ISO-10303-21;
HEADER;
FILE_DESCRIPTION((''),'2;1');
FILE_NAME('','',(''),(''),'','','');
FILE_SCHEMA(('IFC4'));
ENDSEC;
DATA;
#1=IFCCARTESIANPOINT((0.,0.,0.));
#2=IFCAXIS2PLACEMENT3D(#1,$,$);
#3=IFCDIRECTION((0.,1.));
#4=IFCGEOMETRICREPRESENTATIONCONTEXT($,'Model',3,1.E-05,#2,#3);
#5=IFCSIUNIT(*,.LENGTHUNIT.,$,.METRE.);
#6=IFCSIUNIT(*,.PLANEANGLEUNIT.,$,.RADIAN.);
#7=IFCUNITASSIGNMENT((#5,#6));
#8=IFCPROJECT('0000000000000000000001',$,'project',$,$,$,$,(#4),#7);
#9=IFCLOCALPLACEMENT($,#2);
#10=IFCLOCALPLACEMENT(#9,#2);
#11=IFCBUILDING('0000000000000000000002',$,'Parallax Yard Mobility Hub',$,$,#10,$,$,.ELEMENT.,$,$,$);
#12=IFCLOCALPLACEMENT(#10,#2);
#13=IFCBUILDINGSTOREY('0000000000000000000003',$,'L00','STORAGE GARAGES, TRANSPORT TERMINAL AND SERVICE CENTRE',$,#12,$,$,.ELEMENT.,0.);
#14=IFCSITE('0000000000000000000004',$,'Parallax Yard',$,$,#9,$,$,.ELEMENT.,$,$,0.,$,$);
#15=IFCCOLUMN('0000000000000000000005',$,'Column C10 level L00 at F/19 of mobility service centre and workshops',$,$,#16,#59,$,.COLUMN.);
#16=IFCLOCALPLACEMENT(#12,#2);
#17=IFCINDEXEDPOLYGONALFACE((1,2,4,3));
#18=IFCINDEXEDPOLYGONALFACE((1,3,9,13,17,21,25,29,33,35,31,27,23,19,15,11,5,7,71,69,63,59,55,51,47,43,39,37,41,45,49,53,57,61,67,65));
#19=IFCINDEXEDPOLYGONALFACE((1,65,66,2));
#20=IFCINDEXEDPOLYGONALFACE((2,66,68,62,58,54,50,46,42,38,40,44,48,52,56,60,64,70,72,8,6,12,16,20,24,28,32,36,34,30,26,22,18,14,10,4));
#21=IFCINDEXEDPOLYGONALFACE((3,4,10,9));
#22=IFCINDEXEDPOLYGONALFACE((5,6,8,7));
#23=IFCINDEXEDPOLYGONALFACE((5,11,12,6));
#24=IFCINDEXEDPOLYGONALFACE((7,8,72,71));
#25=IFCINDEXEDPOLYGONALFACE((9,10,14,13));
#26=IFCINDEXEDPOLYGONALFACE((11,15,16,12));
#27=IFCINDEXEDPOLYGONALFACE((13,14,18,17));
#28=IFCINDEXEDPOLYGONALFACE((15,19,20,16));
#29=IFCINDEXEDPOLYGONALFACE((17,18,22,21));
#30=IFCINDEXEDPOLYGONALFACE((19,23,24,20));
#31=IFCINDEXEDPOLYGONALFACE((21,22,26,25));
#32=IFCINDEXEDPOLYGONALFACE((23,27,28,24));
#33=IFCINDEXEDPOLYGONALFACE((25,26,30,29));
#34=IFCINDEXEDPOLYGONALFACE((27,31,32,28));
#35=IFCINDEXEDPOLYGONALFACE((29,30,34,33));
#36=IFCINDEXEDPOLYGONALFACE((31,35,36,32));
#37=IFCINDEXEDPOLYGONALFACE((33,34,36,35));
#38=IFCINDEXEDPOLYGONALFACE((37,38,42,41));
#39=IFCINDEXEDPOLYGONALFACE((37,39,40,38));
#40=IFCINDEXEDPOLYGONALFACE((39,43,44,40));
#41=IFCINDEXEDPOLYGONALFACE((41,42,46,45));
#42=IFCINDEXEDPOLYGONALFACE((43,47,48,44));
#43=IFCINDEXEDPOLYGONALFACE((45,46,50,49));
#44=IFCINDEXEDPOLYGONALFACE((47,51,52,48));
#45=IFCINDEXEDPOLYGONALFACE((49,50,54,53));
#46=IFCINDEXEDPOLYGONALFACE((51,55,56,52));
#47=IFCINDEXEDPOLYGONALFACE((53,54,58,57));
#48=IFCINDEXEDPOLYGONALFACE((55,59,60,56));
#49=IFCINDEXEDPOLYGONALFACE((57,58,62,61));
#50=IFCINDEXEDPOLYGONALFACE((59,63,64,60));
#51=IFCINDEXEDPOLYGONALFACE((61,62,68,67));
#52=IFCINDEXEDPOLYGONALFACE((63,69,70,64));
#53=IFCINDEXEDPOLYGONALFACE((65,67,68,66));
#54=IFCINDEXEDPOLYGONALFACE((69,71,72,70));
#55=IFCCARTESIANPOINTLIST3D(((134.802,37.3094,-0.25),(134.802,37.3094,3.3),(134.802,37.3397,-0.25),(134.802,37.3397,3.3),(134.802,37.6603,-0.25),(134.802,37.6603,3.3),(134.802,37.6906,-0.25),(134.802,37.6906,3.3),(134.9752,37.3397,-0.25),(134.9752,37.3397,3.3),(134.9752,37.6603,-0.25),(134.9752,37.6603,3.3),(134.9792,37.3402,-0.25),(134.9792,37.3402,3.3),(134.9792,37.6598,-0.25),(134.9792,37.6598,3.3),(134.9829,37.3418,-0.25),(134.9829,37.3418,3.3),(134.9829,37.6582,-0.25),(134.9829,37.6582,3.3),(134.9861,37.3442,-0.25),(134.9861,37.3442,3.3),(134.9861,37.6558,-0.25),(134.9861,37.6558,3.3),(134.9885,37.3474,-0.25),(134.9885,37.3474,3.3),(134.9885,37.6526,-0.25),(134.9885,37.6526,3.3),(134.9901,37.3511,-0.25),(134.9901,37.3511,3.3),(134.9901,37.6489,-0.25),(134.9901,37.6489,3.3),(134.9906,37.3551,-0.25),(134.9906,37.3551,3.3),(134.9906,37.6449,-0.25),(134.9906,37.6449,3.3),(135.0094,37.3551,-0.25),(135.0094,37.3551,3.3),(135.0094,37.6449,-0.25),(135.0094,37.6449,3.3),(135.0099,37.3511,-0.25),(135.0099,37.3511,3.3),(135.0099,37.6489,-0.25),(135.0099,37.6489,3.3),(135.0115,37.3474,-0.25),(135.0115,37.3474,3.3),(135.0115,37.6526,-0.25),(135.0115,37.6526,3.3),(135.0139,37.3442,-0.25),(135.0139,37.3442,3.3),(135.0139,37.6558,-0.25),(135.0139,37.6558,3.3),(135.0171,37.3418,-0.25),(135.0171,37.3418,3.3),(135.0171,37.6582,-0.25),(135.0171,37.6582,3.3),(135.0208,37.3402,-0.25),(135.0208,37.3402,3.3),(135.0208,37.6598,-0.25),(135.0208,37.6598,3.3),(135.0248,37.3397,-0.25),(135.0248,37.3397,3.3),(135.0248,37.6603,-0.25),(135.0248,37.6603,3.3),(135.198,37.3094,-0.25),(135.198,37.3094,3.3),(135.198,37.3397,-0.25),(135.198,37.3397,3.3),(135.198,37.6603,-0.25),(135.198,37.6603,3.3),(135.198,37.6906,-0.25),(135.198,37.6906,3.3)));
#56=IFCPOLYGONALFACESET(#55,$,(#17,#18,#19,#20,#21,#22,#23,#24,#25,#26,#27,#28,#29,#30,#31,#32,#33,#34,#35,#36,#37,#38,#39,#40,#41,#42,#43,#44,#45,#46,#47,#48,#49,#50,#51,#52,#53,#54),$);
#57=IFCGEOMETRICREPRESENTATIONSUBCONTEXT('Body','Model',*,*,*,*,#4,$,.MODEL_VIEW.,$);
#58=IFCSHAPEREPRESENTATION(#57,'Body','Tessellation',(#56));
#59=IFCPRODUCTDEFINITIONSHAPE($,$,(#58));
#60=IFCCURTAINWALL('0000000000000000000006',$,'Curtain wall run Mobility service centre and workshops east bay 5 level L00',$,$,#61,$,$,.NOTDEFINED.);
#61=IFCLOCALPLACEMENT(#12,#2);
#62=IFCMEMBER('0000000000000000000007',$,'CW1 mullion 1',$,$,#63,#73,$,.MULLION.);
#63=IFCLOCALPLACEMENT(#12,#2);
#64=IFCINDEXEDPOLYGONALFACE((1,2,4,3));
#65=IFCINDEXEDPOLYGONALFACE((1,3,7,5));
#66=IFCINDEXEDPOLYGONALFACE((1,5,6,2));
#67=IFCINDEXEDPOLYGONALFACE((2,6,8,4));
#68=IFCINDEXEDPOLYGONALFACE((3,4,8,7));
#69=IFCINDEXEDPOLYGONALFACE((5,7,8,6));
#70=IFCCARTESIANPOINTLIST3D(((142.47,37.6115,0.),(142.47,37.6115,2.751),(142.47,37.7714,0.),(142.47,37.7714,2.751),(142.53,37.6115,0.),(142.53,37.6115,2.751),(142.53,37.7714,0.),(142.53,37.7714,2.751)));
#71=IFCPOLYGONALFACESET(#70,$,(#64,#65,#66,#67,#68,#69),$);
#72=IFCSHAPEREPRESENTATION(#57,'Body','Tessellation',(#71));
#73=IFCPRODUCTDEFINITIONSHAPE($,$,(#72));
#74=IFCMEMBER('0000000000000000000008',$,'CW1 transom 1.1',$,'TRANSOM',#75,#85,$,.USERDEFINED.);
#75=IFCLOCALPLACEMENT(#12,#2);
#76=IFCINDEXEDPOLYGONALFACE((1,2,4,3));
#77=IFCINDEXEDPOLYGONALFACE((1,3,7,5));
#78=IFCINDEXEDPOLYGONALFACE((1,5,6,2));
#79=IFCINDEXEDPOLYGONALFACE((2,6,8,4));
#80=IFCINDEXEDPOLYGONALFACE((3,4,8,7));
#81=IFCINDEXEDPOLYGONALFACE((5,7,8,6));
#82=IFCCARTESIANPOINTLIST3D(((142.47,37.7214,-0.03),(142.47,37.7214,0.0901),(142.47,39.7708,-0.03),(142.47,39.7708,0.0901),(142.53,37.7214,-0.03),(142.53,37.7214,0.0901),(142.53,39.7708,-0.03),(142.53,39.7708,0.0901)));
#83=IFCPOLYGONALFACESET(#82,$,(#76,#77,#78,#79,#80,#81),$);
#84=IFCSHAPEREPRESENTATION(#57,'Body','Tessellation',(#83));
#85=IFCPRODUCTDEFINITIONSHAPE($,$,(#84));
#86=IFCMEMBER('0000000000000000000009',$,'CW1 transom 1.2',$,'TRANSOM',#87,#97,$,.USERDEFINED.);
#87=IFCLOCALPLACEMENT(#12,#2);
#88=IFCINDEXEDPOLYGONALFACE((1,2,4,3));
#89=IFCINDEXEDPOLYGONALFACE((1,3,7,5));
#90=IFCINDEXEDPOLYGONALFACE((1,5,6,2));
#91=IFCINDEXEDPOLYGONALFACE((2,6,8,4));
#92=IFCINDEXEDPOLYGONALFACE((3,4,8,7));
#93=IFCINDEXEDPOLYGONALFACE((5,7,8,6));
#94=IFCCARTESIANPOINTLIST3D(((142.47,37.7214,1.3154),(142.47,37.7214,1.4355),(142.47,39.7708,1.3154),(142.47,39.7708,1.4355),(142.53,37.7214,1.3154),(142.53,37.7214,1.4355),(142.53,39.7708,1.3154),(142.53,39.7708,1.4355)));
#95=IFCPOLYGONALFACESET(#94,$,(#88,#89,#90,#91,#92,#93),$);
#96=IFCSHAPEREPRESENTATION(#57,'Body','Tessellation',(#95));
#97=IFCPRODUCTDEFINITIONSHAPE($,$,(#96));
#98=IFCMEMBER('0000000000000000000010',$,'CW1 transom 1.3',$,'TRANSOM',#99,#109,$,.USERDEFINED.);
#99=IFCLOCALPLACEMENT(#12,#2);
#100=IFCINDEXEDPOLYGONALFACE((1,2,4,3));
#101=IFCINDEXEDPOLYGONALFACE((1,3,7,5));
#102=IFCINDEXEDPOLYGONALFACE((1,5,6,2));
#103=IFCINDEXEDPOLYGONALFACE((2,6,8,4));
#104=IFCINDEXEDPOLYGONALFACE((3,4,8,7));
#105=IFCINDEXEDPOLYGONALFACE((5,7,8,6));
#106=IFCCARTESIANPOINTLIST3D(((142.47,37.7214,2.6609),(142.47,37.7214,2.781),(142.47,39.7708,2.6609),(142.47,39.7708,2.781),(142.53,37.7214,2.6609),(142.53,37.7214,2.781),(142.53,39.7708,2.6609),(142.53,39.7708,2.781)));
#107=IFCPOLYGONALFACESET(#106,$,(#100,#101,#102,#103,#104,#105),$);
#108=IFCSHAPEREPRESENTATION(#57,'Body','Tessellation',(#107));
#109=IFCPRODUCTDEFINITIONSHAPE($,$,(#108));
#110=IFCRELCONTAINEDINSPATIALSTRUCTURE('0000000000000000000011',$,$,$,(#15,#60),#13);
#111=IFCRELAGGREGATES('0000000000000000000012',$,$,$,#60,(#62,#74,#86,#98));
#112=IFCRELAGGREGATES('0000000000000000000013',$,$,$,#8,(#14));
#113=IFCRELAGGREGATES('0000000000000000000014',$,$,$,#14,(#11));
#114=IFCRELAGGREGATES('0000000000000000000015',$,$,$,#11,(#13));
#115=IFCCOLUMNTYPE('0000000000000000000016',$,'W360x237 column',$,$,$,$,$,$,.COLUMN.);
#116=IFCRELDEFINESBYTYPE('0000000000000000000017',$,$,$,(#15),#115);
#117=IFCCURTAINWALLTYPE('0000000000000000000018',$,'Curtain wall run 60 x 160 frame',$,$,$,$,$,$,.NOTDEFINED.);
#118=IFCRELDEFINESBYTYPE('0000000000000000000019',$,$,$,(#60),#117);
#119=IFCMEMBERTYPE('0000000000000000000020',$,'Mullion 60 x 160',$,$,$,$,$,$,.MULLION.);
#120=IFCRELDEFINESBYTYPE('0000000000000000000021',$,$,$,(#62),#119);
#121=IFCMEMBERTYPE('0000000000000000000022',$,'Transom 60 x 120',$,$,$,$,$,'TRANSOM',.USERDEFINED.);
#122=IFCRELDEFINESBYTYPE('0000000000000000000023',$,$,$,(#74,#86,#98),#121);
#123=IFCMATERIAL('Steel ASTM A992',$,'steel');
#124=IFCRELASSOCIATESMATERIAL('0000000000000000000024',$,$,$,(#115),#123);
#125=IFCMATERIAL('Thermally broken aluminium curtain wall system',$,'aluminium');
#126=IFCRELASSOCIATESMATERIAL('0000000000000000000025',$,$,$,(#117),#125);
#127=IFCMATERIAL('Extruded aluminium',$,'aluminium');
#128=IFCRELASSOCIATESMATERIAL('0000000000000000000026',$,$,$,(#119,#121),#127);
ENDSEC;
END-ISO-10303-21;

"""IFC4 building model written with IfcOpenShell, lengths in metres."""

from ifc_helpers import new_model, si_unit, direction, frame, origin, origin_2d, place, context, subcontext, project, spatial, rectangle, i_section, extrude, material, material_profile, profile_set, type_object, element, aggregate, save


model = new_model("IFC4")

# Units and contexts
model_context = context("Model", 3, precision=1e-05, world=origin(), true_north=direction((0.0, 1.0)))
body_context = subcontext(model_context, "Body", "Model", "MODEL_VIEW")
ifc_project = project(units=[si_unit("LENGTHUNIT", "METRE"), si_unit("PLANEANGLEUNIT", "RADIAN")], contexts=[model_context])

# Site, building, storey
site_placement = place(None, origin())
site = spatial("IfcSite", under=ifc_project, at=site_placement, Name="Parallax Yard", CompositionType="ELEMENT", RefElevation=0.0)
building_placement = place(site_placement, origin())
building = spatial("IfcBuilding", under=site, at=building_placement, Name="Parallax Yard Mobility Hub", CompositionType="ELEMENT")
storey_placement = place(building_placement, origin())
storey = spatial("IfcBuildingStorey", under=building, at=storey_placement, Name="L00", Description="STORAGE GARAGES, TRANSPORT TERMINAL AND SERVICE CENTRE", CompositionType="ELEMENT", Elevation=0.0)

# Column
ifc_material_1 = material(Name="Steel ASTM A992", Category="steel")
ifc_material_profile_1 = material_profile(ifc_material_1, i_section(OverallWidth=0.396, OverallDepth=0.3811, WebThickness=0.0188, FlangeThickness=0.0303, FilletRadius=0.0154, at=origin_2d()), Name="W360x237")
ifc_profile_set_1 = profile_set([ifc_material_profile_1], Name="Steel ASTM A992")
column_type_1 = type_object("IfcColumnType", Name="W360x237 column", PredefinedType="COLUMN", material=ifc_profile_set_1)
column_1_placement = place(storey_placement, frame((135.0, 37.5, -0.25), z_axis=(0.0, 0.0, 1.0), x_axis=(1.0, 0.0, 0.0)))
element("IfcColumn", 1, at=column_1_placement, inside=storey, type_object=column_type_1, Name="Column C10 level L00 at F/19 of mobility service centre and workshops", PredefinedType="COLUMN", context=body_context, shape_type="SweptSolid", body=[
    extrude(i_section(OverallWidth=0.396, OverallDepth=0.3811, WebThickness=0.0188, FlangeThickness=0.0303, FilletRadius=0.0154, at=origin_2d()), origin(), (0.0, 0.0, 1.0), 3.55),
])

# Curtain wall, members
ifc_material_2 = material(Name="Thermally broken aluminium curtain wall system", Category="aluminium")
curtain_wall_type = type_object("IfcCurtainWallType", Name="Curtain wall run 60 x 160 frame", PredefinedType="NOTDEFINED", material=ifc_material_2)
curtain_wall_placement = place(storey_placement, origin())
curtain_wall = element("IfcCurtainWall", 2, at=curtain_wall_placement, inside=storey, type_object=curtain_wall_type, Name="Curtain wall run Mobility service centre and workshops east bay 5 level L00", PredefinedType="NOTDEFINED")
ifc_material_3 = material(Name="Extruded aluminium", Category="aluminium")
ifc_material_profile_2 = material_profile(ifc_material_3, rectangle(XDim=0.0601, YDim=0.1599, at=origin_2d()), Name="Mullion 60 x 160")
ifc_profile_set_2 = profile_set([ifc_material_profile_2], Name="Extruded aluminium")
member_type_1 = type_object("IfcMemberType", Name="Mullion 60 x 160", PredefinedType="MULLION", material=ifc_profile_set_2)
member_1_placement = place(storey_placement, frame((142.5, 37.6914, 0.0), z_axis=(0.0, 0.0, 1.0), x_axis=(-1.0, 0.0, 0.0)))
member_1 = element("IfcMember", 3, at=member_1_placement, type_object=member_type_1, Name="CW1 mullion 1", PredefinedType="MULLION", context=body_context, shape_type="SweptSolid", body=[
    extrude(rectangle(XDim=0.0601, YDim=0.1599, at=origin_2d()), origin(), (0.0, 0.0, 1.0), 2.751),
])
ifc_material_profile_3 = material_profile(ifc_material_3, rectangle(XDim=0.0601, YDim=0.1201, at=origin_2d()), Name="Transom 60 x 120")
ifc_profile_set_3 = profile_set([ifc_material_profile_3], Name="Extruded aluminium")
member_type_2 = type_object("IfcMemberType", Name="Transom 60 x 120", ElementType="TRANSOM", PredefinedType="USERDEFINED", material=ifc_profile_set_3)
member_2_placement = place(storey_placement, frame((142.5, 37.7214, 0.03), z_axis=(0.0, 1.0, 0.0), x_axis=(-1.0, 0.0, 0.0)))
member_2 = element("IfcMember", 4, at=member_2_placement, type_object=member_type_2, Name="CW1 transom 1.1", ObjectType="TRANSOM", PredefinedType="USERDEFINED", context=body_context, shape_type="SweptSolid", body=[
    extrude(rectangle(XDim=0.0601, YDim=0.1201, at=origin_2d()), origin(), (0.0, 0.0, 1.0), 2.0493),
])
member_3_placement = place(storey_placement, frame((142.5, 37.7214, 1.3755), z_axis=(0.0, 1.0, 0.0), x_axis=(-1.0, 0.0, 0.0)))
member_3 = element("IfcMember", 5, at=member_3_placement, type_object=member_type_2, Name="CW1 transom 1.2", ObjectType="TRANSOM", PredefinedType="USERDEFINED", context=body_context, shape_type="SweptSolid", body=[
    extrude(rectangle(XDim=0.0601, YDim=0.1201, at=origin_2d()), origin(), (0.0, 0.0, 1.0), 2.0493),
])
member_4_placement = place(storey_placement, frame((142.5, 37.7214, 2.7209), z_axis=(0.0, 1.0, 0.0), x_axis=(-1.0, 0.0, 0.0)))
member_4 = element("IfcMember", 6, at=member_4_placement, type_object=member_type_2, Name="CW1 transom 1.3", ObjectType="TRANSOM", PredefinedType="USERDEFINED", context=body_context, shape_type="SweptSolid", body=[
    extrude(rectangle(XDim=0.0601, YDim=0.1201, at=origin_2d()), origin(), (0.0, 0.0, 1.0), 2.0493),
])
aggregate(curtain_wall, [member_1, member_2, member_3, member_4])

save(model, "model.ifc")
